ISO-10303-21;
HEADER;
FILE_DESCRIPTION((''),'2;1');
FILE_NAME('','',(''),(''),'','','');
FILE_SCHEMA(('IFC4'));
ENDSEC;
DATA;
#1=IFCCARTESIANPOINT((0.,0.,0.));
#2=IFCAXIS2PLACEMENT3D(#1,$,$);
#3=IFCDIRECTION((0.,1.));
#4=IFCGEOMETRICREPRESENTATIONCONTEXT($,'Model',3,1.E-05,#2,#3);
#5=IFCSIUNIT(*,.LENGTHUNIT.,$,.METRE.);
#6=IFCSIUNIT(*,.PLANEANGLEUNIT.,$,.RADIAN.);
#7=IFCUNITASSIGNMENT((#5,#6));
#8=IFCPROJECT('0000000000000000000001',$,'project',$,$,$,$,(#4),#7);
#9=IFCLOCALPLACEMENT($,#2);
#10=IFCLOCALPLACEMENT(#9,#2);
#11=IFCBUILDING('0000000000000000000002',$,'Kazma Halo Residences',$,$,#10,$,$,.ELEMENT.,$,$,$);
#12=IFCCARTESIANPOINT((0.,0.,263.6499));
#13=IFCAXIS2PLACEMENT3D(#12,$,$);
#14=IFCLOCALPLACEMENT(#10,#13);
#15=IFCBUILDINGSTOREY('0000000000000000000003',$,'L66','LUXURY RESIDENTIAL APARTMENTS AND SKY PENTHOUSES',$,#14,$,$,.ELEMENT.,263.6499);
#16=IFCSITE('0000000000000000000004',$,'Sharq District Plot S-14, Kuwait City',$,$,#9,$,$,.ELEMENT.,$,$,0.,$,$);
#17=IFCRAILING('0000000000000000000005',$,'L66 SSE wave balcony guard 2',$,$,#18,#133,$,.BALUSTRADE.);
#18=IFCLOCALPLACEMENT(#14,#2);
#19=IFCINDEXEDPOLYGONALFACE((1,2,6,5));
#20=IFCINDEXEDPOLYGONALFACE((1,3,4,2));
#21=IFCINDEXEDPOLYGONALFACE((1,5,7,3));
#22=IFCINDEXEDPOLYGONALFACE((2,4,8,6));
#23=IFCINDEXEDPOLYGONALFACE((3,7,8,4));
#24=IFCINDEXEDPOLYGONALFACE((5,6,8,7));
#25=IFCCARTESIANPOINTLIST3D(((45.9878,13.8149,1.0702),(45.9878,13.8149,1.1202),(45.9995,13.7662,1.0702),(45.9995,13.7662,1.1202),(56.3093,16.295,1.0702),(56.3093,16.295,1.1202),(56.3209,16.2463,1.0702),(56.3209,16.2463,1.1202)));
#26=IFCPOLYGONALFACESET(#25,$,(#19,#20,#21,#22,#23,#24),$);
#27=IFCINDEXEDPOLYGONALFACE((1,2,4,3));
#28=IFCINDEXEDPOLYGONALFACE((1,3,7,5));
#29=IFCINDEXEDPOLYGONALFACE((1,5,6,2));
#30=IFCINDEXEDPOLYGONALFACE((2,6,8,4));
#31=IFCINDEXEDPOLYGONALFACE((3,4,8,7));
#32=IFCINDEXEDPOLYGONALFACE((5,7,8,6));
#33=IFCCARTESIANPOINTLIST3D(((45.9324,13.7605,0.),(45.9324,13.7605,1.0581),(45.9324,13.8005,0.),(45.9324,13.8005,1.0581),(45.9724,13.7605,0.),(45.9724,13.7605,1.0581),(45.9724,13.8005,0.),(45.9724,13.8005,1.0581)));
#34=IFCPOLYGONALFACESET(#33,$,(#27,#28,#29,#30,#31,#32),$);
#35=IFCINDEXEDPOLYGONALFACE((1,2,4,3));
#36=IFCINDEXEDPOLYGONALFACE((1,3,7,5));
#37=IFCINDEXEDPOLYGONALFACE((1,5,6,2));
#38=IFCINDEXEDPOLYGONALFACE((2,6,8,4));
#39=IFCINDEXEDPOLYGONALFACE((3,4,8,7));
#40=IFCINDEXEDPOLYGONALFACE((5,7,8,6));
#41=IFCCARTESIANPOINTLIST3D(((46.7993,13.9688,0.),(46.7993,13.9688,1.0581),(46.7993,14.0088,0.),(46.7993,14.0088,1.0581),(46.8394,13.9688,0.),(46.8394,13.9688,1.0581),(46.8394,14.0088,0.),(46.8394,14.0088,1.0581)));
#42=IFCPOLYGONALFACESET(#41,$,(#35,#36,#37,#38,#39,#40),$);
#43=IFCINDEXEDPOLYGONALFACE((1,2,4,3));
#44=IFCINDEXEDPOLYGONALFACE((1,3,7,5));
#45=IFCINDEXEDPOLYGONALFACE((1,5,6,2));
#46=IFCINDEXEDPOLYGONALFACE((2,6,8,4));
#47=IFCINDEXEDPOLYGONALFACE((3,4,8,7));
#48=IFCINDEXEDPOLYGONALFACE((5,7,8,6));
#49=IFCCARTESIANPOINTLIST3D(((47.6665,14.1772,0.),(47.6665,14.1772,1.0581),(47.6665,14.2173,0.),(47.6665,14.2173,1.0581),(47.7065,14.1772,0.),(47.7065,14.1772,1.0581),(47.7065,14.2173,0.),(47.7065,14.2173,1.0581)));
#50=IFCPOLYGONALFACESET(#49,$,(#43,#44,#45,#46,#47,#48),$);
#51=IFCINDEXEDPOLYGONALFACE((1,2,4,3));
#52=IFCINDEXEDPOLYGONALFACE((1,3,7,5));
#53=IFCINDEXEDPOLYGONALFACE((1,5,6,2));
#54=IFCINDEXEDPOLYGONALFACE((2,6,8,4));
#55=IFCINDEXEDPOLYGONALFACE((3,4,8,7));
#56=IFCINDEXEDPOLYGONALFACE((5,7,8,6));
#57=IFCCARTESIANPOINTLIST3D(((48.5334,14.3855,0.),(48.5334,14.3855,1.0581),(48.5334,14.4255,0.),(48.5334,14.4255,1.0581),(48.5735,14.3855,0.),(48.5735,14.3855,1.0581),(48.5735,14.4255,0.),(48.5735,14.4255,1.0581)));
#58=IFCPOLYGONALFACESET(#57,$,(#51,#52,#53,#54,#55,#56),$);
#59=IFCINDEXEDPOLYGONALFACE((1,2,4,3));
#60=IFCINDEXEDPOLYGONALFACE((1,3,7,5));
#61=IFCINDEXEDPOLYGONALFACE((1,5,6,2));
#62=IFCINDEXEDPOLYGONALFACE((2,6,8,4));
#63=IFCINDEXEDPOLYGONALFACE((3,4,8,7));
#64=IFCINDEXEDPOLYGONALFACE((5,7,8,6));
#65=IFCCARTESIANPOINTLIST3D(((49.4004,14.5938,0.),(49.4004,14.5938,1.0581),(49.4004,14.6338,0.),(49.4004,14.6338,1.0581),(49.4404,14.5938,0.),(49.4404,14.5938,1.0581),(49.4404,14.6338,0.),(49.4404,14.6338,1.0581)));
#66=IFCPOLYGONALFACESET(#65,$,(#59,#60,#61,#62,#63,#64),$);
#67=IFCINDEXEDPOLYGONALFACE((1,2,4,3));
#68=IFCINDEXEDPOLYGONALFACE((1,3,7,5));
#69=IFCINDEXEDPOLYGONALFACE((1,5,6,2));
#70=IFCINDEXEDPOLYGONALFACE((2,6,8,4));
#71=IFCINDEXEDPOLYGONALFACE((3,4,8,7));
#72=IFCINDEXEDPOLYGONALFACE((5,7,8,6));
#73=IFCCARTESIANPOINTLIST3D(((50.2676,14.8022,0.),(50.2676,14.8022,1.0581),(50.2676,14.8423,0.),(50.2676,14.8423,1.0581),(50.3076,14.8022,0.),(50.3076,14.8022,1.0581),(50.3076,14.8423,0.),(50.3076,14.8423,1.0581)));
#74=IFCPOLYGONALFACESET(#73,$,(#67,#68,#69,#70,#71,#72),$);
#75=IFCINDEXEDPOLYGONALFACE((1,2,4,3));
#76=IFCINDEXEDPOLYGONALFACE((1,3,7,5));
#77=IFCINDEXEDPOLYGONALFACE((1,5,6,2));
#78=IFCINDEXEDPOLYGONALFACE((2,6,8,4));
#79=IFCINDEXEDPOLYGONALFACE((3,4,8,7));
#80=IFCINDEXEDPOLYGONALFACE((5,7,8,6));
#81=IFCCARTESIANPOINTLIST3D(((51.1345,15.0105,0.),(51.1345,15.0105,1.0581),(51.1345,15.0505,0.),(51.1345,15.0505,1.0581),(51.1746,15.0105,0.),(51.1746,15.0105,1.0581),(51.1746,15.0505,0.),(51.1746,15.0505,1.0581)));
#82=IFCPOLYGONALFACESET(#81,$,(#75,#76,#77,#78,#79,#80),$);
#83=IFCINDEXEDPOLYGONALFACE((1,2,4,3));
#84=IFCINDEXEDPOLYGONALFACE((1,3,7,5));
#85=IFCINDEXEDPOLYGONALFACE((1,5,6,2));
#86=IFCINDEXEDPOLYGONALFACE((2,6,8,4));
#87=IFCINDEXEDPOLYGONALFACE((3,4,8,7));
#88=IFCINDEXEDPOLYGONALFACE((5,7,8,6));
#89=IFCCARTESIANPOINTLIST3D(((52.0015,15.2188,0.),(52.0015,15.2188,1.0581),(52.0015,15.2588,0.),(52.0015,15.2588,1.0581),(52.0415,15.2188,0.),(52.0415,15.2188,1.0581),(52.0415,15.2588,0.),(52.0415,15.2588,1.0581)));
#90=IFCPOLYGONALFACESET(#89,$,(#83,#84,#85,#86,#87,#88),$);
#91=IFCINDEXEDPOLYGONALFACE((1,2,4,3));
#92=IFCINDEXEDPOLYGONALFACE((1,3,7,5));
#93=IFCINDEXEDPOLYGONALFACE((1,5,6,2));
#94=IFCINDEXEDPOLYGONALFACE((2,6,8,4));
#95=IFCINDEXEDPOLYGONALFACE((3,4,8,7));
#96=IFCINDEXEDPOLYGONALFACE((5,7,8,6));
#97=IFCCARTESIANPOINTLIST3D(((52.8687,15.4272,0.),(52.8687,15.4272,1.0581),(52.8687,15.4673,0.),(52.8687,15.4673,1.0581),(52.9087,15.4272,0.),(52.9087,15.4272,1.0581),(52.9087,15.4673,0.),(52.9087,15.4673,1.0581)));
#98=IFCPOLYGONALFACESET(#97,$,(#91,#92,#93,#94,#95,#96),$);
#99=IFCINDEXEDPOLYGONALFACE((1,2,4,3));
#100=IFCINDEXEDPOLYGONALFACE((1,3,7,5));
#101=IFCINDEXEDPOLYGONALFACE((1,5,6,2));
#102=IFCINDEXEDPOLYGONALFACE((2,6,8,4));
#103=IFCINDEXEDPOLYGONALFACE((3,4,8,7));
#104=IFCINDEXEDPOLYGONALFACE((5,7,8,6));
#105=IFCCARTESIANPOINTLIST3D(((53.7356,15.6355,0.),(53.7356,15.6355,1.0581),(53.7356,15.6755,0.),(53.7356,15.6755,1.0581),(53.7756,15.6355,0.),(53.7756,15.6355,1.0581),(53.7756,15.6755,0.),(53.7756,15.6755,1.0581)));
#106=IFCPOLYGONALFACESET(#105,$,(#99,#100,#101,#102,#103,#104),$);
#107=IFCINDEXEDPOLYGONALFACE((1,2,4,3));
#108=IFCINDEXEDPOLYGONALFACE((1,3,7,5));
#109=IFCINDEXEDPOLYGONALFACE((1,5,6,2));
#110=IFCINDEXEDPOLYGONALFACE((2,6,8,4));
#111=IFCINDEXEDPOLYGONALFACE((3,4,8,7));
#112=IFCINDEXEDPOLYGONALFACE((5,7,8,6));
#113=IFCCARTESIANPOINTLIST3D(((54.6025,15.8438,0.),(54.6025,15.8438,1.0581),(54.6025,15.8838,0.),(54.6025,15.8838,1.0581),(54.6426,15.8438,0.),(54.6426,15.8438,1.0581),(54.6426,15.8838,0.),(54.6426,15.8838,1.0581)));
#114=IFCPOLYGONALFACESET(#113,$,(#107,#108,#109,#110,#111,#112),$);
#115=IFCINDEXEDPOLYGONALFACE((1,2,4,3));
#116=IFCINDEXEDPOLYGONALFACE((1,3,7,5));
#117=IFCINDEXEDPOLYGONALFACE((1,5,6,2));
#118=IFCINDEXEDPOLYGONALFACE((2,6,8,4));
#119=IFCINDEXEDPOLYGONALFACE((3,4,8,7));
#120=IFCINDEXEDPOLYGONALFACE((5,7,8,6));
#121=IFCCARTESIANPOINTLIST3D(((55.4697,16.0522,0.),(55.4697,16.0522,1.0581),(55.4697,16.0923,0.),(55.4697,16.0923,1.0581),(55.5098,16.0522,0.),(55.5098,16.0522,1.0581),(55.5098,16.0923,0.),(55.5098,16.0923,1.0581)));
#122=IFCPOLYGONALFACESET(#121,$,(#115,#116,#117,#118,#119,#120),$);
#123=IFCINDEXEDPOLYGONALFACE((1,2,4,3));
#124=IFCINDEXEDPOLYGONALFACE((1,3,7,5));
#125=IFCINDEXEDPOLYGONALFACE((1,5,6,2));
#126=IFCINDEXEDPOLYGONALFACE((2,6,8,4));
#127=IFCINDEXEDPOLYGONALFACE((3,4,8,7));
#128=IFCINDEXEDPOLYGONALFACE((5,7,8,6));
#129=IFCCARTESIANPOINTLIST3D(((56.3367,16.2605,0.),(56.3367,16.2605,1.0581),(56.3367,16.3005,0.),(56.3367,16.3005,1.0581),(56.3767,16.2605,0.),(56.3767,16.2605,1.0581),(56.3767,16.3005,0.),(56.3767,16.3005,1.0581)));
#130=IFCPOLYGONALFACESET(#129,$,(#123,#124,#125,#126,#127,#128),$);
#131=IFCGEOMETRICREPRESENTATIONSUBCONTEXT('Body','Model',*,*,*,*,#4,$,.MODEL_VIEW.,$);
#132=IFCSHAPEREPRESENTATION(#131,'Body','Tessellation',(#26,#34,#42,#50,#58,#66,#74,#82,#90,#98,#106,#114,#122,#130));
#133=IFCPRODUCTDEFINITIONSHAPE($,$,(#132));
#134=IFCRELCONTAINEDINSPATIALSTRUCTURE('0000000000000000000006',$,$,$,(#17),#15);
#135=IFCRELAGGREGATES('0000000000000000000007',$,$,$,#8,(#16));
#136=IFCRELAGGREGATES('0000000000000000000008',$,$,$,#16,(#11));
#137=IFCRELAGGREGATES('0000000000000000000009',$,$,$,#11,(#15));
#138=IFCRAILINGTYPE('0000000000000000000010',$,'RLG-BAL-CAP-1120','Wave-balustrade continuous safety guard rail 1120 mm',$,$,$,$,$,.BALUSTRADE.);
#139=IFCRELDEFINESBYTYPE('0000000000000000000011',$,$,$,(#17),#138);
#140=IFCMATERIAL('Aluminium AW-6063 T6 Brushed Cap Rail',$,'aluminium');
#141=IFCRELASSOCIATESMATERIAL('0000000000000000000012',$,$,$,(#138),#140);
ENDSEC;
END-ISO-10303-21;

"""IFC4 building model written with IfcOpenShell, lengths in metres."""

from ifc_helpers import new_model, si_unit, direction, frame, origin, origin_2d, place, context, subcontext, project, spatial, rectangle, extrude, material, type_object, element, save


model = new_model("IFC4")

# Units and contexts
model_context = context("Model", 3, precision=1e-05, world=origin(), true_north=direction((0.0, 1.0)))
body_context = subcontext(model_context, "Body", "Model", "MODEL_VIEW")
ifc_project = project(units=[si_unit("LENGTHUNIT", "METRE"), si_unit("PLANEANGLEUNIT", "RADIAN")], contexts=[model_context])

# Site, building, storey
site_placement = place(None, origin())
site = spatial("IfcSite", under=ifc_project, at=site_placement, Name="Sharq District Plot S-14, Kuwait City", CompositionType="ELEMENT", RefElevation=0.0)
building_placement = place(site_placement, origin())
building = spatial("IfcBuilding", under=site, at=building_placement, Name="Kazma Halo Residences", CompositionType="ELEMENT")
storey_placement = place(building_placement, frame((0.0, 0.0, 263.6499)))
storey = spatial("IfcBuildingStorey", under=building, at=storey_placement, Name="L66", Description="LUXURY RESIDENTIAL APARTMENTS AND SKY PENTHOUSES", CompositionType="ELEMENT", Elevation=263.6499)

# Railing
ifc_material_1 = material(Name="Aluminium AW-6063 T6 Brushed Cap Rail", Category="aluminium")
railing_type = type_object("IfcRailingType", Name="RLG-BAL-CAP-1120", Description="Wave-balustrade continuous safety guard rail 1120 mm", PredefinedType="BALUSTRADE", material=ifc_material_1)
railing_1_placement = place(storey_placement, frame((45.9524, 13.7805, 0.0)))
element("IfcRailing", 1, at=railing_1_placement, inside=storey, type_object=railing_type, Name="L66 SSE wave balcony guard 2", PredefinedType="BALUSTRADE", context=body_context, shape_type="SweptSolid", body=[
    extrude(rectangle(XDim=0.05, YDim=0.05, at=origin_2d()), frame((0.0413, 0.01, 1.0952), z_axis=(0.972324, 0.233635, 0.0), x_axis=(-0.233635, 0.972324, 0.0)), (0.0, 0.0, 1.0), 10.6152),
    extrude(rectangle(XDim=0.04, YDim=0.04, at=origin_2d()), origin(), (0.0, 0.0, 1.0), 1.0581),
    extrude(rectangle(XDim=0.04, YDim=0.04, at=origin_2d()), frame((0.8669, 0.2083, 0.0)), (0.0, 0.0, 1.0), 1.0581),
    extrude(rectangle(XDim=0.04, YDim=0.04, at=origin_2d()), frame((1.7341, 0.4167, 0.0)), (0.0, 0.0, 1.0), 1.0581),
    extrude(rectangle(XDim=0.04, YDim=0.04, at=origin_2d()), frame((2.6011, 0.625, 0.0)), (0.0, 0.0, 1.0), 1.0581),
    extrude(rectangle(XDim=0.04, YDim=0.04, at=origin_2d()), frame((3.468, 0.8333, 0.0)), (0.0, 0.0, 1.0), 1.0581),
    extrude(rectangle(XDim=0.04, YDim=0.04, at=origin_2d()), frame((4.3352, 1.0417, 0.0)), (0.0, 0.0, 1.0), 1.0581),
    extrude(rectangle(XDim=0.04, YDim=0.04, at=origin_2d()), frame((5.2021, 1.25, 0.0)), (0.0, 0.0, 1.0), 1.0581),
    extrude(rectangle(XDim=0.04, YDim=0.04, at=origin_2d()), frame((6.0691, 1.4583, 0.0)), (0.0, 0.0, 1.0), 1.0581),
    extrude(rectangle(XDim=0.04, YDim=0.04, at=origin_2d()), frame((6.9363, 1.6667, 0.0)), (0.0, 0.0, 1.0), 1.0581),
    extrude(rectangle(XDim=0.04, YDim=0.04, at=origin_2d()), frame((7.8032, 1.875, 0.0)), (0.0, 0.0, 1.0), 1.0581),
    extrude(rectangle(XDim=0.04, YDim=0.04, at=origin_2d()), frame((8.6702, 2.0833, 0.0)), (0.0, 0.0, 1.0), 1.0581),
    extrude(rectangle(XDim=0.04, YDim=0.04, at=origin_2d()), frame((9.5374, 2.2917, 0.0)), (0.0, 0.0, 1.0), 1.0581),
    extrude(rectangle(XDim=0.04, YDim=0.04, at=origin_2d()), frame((10.4043, 2.5, 0.0)), (0.0, 0.0, 1.0), 1.0581),
])

save(model, "model.ifc")
